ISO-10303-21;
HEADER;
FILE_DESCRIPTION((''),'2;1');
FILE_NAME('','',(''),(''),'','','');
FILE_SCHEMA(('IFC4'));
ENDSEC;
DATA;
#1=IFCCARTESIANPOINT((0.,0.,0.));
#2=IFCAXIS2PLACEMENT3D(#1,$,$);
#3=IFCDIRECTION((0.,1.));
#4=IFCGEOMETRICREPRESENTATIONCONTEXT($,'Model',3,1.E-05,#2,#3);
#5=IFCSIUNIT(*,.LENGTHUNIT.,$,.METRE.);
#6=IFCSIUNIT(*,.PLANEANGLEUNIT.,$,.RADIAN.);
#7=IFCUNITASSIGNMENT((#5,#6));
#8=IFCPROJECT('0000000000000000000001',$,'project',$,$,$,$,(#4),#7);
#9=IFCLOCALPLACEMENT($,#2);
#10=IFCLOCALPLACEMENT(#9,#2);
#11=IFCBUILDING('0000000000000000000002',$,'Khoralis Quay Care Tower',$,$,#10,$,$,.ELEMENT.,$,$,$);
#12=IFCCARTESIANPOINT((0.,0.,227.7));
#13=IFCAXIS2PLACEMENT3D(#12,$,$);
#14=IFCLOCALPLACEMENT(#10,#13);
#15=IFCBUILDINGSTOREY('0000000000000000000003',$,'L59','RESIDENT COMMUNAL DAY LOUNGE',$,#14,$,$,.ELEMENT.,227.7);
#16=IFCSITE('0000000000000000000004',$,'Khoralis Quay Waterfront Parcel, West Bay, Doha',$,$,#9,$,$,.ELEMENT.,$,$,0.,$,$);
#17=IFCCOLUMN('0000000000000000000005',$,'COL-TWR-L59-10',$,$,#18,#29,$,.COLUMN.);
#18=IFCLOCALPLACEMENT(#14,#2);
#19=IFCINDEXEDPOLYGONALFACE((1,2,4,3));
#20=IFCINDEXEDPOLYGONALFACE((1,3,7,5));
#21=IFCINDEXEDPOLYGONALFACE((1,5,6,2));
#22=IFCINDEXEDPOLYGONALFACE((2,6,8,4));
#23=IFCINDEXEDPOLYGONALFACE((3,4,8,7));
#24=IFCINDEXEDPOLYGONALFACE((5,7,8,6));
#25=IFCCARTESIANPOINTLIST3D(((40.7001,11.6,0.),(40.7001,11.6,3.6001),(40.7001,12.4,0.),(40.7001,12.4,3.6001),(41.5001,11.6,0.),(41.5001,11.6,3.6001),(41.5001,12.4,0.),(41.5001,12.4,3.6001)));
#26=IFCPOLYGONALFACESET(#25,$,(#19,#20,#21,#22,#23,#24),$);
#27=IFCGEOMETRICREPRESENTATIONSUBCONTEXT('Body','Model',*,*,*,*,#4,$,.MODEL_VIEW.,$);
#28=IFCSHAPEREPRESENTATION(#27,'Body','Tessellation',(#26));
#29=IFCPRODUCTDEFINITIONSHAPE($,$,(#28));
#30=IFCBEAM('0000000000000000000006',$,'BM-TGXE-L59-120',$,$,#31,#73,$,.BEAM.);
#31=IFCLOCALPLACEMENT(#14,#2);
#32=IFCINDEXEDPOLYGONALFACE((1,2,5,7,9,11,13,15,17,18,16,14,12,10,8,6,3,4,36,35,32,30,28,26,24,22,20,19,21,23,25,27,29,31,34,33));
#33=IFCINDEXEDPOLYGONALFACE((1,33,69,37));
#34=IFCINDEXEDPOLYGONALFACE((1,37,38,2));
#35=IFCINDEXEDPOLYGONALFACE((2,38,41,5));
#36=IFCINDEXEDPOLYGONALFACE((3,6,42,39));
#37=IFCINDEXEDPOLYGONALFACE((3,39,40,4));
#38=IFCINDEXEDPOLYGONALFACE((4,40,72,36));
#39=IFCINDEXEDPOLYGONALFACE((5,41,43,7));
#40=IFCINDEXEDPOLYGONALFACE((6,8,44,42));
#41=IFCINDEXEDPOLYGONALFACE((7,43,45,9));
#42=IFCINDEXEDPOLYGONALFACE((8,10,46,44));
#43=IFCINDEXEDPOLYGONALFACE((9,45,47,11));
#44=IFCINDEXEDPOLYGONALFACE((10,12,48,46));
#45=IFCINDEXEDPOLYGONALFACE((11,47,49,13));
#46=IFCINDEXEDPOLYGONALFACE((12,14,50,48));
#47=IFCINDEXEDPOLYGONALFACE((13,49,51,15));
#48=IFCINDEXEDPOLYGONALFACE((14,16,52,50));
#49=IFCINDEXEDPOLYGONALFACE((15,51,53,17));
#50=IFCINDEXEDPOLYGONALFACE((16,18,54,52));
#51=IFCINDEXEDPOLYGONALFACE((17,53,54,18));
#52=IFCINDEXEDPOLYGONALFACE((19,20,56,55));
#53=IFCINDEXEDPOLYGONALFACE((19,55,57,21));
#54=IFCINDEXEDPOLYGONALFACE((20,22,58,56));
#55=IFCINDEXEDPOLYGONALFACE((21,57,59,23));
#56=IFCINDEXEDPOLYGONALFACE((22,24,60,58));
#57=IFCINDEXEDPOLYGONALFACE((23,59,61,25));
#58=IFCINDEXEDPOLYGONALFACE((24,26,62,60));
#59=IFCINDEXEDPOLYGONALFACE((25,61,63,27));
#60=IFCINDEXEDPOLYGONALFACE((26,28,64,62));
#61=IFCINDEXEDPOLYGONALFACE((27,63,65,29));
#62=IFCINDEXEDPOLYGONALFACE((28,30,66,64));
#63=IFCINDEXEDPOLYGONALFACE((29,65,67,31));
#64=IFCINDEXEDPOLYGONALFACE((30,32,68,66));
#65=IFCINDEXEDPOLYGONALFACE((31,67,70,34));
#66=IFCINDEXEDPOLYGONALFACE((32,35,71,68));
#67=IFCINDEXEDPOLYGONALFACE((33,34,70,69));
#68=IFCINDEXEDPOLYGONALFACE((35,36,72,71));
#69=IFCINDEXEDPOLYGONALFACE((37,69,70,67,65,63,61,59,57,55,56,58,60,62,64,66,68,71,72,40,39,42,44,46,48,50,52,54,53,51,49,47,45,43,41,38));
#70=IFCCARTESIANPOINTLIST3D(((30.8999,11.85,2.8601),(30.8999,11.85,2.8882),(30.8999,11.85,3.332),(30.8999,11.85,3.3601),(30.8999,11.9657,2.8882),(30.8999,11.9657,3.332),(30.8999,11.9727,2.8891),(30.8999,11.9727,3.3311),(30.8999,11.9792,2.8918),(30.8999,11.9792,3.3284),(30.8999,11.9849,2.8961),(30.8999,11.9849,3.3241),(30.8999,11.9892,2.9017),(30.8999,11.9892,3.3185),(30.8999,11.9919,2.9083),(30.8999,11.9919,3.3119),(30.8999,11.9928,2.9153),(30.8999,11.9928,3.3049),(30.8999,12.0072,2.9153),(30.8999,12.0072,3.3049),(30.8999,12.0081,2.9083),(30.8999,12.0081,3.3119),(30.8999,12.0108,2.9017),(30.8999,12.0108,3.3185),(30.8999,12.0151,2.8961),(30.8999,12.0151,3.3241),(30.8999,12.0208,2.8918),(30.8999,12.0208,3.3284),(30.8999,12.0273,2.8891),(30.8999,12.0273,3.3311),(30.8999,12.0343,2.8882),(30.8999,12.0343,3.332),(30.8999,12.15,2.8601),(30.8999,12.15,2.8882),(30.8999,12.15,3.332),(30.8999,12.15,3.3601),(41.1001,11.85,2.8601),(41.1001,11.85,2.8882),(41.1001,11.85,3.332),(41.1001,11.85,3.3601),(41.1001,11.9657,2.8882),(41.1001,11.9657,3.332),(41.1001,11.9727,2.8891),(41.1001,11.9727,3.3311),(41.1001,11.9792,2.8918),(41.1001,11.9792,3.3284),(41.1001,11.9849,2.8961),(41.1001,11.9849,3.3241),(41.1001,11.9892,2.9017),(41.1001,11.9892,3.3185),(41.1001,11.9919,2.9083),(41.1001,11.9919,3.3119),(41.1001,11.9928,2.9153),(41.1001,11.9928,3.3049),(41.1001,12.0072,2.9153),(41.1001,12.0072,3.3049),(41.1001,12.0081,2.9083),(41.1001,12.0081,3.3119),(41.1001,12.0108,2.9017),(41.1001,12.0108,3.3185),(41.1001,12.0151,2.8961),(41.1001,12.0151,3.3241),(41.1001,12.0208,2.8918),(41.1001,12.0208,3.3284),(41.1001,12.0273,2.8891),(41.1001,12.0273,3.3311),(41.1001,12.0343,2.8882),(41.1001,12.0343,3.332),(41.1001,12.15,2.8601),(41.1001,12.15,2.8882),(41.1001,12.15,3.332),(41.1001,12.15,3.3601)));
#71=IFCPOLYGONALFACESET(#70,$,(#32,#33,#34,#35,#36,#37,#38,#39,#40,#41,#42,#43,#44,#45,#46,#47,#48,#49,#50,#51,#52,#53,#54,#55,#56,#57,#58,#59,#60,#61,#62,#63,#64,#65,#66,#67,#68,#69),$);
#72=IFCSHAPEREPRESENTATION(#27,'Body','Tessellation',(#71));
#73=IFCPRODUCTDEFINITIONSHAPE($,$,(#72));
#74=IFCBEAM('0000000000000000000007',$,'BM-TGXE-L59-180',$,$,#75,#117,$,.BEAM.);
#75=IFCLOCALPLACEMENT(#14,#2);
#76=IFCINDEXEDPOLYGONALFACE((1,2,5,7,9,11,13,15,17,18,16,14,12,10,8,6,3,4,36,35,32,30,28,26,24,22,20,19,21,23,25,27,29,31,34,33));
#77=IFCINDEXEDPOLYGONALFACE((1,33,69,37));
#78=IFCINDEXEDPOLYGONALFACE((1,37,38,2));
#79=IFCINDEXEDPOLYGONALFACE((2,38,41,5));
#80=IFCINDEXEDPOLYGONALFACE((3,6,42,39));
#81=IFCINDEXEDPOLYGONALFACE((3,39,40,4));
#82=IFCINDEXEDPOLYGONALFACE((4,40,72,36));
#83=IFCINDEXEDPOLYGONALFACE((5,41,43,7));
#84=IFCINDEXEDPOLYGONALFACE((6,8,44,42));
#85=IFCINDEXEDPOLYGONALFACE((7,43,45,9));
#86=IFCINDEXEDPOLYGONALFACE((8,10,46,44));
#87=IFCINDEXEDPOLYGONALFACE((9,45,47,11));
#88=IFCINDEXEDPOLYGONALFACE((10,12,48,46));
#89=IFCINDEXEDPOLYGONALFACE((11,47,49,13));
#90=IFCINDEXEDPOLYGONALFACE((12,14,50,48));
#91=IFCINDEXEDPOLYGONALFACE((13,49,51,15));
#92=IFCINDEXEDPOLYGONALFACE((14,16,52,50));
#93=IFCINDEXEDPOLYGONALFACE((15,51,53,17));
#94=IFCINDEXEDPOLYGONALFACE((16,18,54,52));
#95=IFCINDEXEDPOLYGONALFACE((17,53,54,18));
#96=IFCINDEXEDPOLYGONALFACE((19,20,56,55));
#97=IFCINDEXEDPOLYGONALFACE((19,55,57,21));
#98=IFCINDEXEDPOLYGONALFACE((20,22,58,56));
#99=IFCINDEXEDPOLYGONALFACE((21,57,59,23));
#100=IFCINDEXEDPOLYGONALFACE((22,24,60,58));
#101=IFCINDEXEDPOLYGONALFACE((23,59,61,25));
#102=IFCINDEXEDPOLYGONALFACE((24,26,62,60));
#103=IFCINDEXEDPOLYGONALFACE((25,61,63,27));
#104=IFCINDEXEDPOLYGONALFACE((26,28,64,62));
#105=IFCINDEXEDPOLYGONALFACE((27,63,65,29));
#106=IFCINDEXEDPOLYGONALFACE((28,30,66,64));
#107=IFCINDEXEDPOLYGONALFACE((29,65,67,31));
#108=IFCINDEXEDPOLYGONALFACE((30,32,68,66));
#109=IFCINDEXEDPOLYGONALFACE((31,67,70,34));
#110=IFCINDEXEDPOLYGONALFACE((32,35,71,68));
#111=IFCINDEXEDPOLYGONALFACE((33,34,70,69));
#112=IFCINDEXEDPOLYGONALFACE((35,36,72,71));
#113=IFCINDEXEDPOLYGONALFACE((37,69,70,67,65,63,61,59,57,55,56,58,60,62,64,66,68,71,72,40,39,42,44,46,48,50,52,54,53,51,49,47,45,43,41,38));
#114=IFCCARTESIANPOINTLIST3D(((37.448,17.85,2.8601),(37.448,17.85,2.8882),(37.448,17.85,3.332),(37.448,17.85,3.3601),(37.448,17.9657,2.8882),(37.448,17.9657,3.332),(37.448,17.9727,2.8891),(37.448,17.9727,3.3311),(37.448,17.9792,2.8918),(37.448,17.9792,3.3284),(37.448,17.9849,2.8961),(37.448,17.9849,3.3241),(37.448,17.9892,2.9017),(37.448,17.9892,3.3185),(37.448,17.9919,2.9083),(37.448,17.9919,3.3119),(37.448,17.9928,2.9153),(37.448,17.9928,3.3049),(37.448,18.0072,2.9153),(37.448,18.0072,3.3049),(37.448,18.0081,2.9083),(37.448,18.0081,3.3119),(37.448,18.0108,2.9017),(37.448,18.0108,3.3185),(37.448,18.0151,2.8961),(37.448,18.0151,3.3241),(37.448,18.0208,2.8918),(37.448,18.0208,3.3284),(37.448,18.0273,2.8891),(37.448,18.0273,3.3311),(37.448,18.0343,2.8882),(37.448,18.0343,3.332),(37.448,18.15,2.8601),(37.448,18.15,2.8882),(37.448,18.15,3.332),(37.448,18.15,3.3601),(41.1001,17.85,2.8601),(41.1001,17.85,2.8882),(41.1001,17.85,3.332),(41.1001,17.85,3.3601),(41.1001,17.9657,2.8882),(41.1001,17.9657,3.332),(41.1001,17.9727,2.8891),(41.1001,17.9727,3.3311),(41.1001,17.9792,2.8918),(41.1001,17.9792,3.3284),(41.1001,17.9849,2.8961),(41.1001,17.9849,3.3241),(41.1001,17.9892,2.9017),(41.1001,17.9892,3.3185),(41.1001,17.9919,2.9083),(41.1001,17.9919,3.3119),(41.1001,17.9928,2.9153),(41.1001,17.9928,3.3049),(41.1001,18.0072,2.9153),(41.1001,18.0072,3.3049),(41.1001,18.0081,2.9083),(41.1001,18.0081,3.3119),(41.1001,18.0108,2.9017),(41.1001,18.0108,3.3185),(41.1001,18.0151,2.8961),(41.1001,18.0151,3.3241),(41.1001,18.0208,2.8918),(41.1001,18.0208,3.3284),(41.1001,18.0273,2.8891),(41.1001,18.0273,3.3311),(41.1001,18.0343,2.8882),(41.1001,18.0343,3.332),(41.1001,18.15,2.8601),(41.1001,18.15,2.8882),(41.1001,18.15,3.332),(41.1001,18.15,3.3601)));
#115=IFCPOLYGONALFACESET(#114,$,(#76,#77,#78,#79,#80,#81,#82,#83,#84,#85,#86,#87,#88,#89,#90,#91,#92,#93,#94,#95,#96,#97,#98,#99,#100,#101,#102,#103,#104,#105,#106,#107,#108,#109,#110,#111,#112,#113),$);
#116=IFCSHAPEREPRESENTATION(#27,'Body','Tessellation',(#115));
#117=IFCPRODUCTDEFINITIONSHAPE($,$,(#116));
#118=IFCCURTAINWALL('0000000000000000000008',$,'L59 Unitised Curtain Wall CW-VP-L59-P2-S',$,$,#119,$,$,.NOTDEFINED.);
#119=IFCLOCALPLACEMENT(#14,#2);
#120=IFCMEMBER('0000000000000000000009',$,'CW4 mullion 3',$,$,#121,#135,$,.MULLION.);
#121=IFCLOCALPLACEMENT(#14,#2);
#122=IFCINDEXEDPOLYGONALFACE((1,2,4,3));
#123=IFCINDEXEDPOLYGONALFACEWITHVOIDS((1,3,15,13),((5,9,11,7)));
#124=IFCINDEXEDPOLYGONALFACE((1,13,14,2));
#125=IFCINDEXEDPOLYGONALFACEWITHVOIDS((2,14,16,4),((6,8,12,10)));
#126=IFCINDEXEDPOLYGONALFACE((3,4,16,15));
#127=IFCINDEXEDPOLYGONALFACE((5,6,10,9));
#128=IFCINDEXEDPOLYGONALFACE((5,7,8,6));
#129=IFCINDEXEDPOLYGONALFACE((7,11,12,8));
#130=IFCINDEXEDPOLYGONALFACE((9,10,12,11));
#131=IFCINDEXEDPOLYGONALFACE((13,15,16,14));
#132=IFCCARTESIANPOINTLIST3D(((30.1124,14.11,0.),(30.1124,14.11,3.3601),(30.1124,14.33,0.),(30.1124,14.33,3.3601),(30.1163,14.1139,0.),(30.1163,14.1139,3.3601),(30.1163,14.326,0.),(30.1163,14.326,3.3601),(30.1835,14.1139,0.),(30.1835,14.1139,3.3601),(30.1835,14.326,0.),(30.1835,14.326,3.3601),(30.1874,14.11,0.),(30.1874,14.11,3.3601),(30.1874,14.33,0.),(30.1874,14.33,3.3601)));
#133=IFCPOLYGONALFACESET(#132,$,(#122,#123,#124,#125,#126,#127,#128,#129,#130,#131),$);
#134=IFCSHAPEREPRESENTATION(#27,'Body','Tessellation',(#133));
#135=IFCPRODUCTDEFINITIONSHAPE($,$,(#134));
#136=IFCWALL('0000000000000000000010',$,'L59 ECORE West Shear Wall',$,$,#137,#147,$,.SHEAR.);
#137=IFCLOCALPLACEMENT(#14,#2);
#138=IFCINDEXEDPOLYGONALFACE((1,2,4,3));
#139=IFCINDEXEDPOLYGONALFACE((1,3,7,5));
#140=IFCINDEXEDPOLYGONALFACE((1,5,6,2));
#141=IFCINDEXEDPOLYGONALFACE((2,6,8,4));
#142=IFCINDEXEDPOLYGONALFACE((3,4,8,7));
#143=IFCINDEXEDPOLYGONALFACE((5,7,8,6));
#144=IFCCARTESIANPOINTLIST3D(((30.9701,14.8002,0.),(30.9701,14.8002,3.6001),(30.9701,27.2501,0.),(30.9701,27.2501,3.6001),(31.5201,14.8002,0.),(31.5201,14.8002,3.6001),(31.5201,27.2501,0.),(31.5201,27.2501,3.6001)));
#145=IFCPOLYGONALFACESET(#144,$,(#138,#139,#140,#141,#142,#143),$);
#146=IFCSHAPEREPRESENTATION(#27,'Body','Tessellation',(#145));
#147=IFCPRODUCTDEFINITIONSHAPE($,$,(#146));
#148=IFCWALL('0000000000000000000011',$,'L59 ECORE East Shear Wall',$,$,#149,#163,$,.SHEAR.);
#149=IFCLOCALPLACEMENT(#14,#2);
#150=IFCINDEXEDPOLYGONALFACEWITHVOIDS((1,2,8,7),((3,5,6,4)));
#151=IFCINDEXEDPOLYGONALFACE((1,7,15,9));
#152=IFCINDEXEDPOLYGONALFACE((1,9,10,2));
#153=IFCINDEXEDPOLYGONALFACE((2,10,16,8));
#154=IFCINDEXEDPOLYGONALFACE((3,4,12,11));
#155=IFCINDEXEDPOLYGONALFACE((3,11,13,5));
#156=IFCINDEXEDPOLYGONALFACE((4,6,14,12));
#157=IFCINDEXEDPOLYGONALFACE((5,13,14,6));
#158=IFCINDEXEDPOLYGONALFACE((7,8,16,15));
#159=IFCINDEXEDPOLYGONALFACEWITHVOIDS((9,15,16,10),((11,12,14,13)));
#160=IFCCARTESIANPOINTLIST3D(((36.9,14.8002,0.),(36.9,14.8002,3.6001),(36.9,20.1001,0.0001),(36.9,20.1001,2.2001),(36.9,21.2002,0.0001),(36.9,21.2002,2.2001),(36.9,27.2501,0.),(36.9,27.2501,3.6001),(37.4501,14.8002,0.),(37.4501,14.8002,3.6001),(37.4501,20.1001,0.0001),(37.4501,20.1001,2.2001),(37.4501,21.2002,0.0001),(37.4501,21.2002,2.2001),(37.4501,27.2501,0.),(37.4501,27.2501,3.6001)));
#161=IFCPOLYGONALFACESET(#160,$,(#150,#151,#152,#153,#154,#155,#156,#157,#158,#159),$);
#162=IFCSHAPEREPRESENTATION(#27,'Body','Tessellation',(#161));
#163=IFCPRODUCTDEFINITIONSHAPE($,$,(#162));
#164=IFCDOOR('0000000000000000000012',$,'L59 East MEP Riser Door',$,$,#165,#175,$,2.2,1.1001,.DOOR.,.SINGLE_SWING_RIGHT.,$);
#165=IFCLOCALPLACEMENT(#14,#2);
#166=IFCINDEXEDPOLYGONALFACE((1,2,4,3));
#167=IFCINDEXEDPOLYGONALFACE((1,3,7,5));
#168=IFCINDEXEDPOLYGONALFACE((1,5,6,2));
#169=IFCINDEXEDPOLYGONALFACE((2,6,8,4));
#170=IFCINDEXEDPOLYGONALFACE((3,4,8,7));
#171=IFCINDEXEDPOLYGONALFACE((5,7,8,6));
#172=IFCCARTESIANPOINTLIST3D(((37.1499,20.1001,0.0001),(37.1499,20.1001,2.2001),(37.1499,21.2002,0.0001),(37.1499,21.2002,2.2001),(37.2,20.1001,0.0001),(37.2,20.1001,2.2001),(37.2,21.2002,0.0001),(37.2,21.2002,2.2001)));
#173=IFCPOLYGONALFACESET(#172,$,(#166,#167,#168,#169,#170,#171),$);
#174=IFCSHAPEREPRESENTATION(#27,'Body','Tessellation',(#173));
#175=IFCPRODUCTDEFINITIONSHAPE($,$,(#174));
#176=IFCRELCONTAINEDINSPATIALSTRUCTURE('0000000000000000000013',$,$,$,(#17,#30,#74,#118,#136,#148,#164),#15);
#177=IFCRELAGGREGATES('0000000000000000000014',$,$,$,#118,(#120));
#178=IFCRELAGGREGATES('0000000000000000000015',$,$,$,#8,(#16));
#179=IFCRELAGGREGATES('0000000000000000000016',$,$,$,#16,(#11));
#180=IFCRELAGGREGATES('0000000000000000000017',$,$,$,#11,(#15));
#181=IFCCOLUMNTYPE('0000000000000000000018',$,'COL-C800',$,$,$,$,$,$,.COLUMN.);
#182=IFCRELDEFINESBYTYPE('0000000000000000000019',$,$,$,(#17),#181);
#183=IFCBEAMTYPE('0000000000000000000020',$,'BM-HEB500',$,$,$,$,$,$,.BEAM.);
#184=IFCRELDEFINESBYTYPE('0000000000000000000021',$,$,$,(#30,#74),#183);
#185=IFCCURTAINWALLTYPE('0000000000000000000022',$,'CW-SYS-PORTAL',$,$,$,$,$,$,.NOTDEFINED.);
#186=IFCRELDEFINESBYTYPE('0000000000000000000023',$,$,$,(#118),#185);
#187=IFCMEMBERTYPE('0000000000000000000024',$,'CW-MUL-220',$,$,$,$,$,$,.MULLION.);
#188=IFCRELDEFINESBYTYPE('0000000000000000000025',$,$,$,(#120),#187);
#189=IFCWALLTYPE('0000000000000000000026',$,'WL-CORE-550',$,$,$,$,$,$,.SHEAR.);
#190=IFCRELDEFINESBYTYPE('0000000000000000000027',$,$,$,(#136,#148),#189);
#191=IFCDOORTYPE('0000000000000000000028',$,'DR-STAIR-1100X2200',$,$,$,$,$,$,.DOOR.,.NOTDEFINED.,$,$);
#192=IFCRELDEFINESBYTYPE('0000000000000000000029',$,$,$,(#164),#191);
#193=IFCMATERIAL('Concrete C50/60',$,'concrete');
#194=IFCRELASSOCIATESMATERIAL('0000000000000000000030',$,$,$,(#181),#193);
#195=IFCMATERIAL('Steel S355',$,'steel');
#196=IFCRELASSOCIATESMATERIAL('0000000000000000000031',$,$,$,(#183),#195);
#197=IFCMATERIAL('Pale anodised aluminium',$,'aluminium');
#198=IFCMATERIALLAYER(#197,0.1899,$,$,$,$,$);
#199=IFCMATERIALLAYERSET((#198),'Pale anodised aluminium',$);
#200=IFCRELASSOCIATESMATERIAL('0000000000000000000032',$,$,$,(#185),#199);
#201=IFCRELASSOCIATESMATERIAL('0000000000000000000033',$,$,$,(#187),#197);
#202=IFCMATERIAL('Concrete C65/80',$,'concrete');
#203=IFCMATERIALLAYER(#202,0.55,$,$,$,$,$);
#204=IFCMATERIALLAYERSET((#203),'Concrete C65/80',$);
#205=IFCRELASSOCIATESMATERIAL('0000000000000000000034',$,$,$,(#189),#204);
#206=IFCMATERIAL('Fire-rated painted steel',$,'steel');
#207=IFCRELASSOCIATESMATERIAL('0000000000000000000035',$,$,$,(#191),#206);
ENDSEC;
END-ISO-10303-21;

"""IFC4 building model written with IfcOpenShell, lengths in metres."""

from ifc_helpers import new_model, si_unit, direction, frame, frame_2d, origin, origin_2d, place, context, subcontext, project, spatial, rectangle, hollow_rectangle, i_section, extrude, source, transform, mapped, material, layer, layer_set, material_profile, profile_set, type_object, element, fill, aggregate, save


model = new_model("IFC4")

# Units and contexts
model_context = context("Model", 3, precision=1e-05, world=origin(), true_north=direction((0.0, 1.0)))
body_context = subcontext(model_context, "Body", "Model", "MODEL_VIEW")
ifc_project = project(units=[si_unit("LENGTHUNIT", "METRE"), si_unit("PLANEANGLEUNIT", "RADIAN")], contexts=[model_context])

# Site, building, storey
site_placement = place(None, origin())
site = spatial("IfcSite", under=ifc_project, at=site_placement, Name="Khoralis Quay Waterfront Parcel, West Bay, Doha", CompositionType="ELEMENT", RefElevation=0.0)
building_placement = place(site_placement, origin())
building = spatial("IfcBuilding", under=site, at=building_placement, Name="Khoralis Quay Care Tower", CompositionType="ELEMENT")
storey_placement = place(building_placement, frame((0.0, 0.0, 227.7)))
storey = spatial("IfcBuildingStorey", under=building, at=storey_placement, Name="L59", Description="RESIDENT COMMUNAL DAY LOUNGE", CompositionType="ELEMENT", Elevation=227.7)

# Column
ifc_material_1 = material(Name="Concrete C50/60", Category="concrete")
ifc_material_profile_1 = material_profile(ifc_material_1, rectangle(XDim=0.8, YDim=0.8, at=origin_2d()), Name="Concrete C50/60")
ifc_profile_set_1 = profile_set([ifc_material_profile_1], Name="Concrete C50/60")
column_type = type_object("IfcColumnType", Name="COL-C800", PredefinedType="COLUMN", material=ifc_profile_set_1)
shared_shape_1 = source(origin(), body_context, "Body", "SweptSolid", [
    extrude(rectangle(XDim=0.8, YDim=0.8, at=origin_2d()), origin(), (0.0, 0.0, 1.0), 3.6001),
])
column_placement = place(storey_placement, frame((41.1001, 12.0, 0.0), z_axis=(0.0, 0.0, 1.0), x_axis=(1.0, 0.0, 0.0)))
element("IfcColumn", 1, at=column_placement, inside=storey, type_object=column_type, Name="COL-TWR-L59-10", PredefinedType="COLUMN", context=body_context, shape_type="MappedRepresentation", body=[
    mapped(shared_shape_1, transform((0.0, 0.0, 0.0), scale=1.0)),
])

# Beams
ifc_material_2 = material(Name="Steel S355", Category="steel")
ifc_material_profile_2 = material_profile(ifc_material_2, i_section(OverallWidth=0.3, OverallDepth=0.5, WebThickness=0.0144, FlangeThickness=0.0281, FilletRadius=0.0271, at=origin_2d()), Name="Steel S355")
ifc_profile_set_2 = profile_set([ifc_material_profile_2], Name="Steel S355")
beam_type = type_object("IfcBeamType", Name="BM-HEB500", PredefinedType="BEAM", material=ifc_profile_set_2)
shared_shape_2 = source(origin(), body_context, "Body", "SweptSolid", [
    extrude(i_section(OverallWidth=0.3, OverallDepth=0.5, WebThickness=0.0144, FlangeThickness=0.0281, FilletRadius=0.0271, at=origin_2d()), origin(), (0.0, 0.0, 1.0), 10.2002),
])
beam_1_placement = place(storey_placement, frame((30.8999, 12.0, 3.1101), z_axis=(1.0, 0.0, 0.0), x_axis=(0.0, 1.0, 0.0)))
element("IfcBeam", 2, at=beam_1_placement, inside=storey, type_object=beam_type, Name="BM-TGXE-L59-120", PredefinedType="BEAM", context=body_context, shape_type="MappedRepresentation", body=[
    mapped(shared_shape_2, transform((0.0, 0.0, 0.0), scale=1.0)),
])
shared_shape_3 = source(origin(), body_context, "Body", "SweptSolid", [
    extrude(i_section(OverallWidth=0.3, OverallDepth=0.5, WebThickness=0.0144, FlangeThickness=0.0281, FilletRadius=0.0271, at=origin_2d()), origin(), (0.0, 0.0, 1.0), 3.6521),
])
beam_2_placement = place(storey_placement, frame((37.448, 18.0, 3.1101), z_axis=(1.0, 0.0, 0.0), x_axis=(0.0, 1.0, 0.0)))
element("IfcBeam", 3, at=beam_2_placement, inside=storey, type_object=beam_type, Name="BM-TGXE-L59-180", PredefinedType="BEAM", context=body_context, shape_type="MappedRepresentation", body=[
    mapped(shared_shape_3, transform((0.0, 0.0, 0.0), scale=1.0)),
])

# Curtain wall, member
ifc_material_3 = material(Name="Pale anodised aluminium", Category="aluminium")
ifc_layer_1 = layer(ifc_material_3, 0.1899)
ifc_layer_set_1 = layer_set([ifc_layer_1], Name="Pale anodised aluminium")
curtain_wall_type = type_object("IfcCurtainWallType", Name="CW-SYS-PORTAL", PredefinedType="NOTDEFINED", material=ifc_layer_set_1)
curtain_wall_placement = place(storey_placement, origin())
curtain_wall = element("IfcCurtainWall", 4, at=curtain_wall_placement, inside=storey, type_object=curtain_wall_type, Name="L59 Unitised Curtain Wall CW-VP-L59-P2-S", PredefinedType="NOTDEFINED")
ifc_material_profile_3 = material_profile(ifc_material_3, hollow_rectangle(XDim=0.075, YDim=0.22, WallThickness=0.0039, at=origin_2d()), Name="Pale anodised aluminium")
ifc_profile_set_3 = profile_set([ifc_material_profile_3], Name="Pale anodised aluminium")
member_type = type_object("IfcMemberType", Name="CW-MUL-220", PredefinedType="MULLION", material=ifc_profile_set_3)
shared_shape_4 = source(origin(), body_context, "Body", "SweptSolid", [
    extrude(hollow_rectangle(XDim=0.075, YDim=0.22, WallThickness=0.0039, at=origin_2d()), origin(), (0.0, 0.0, 1.0), 3.3601),
])
member_placement = place(storey_placement, frame((30.1499, 14.22, 0.0), z_axis=(0.0, 0.0, 1.0), x_axis=(-1.0, 0.0, 0.0)))
member = element("IfcMember", 5, at=member_placement, type_object=member_type, Name="CW4 mullion 3", PredefinedType="MULLION", context=body_context, shape_type="MappedRepresentation", body=[
    mapped(shared_shape_4, transform((0.0, 0.0, 0.0), scale=1.0)),
])
aggregate(curtain_wall, [member])

# Wall
ifc_material_4 = material(Name="Concrete C65/80", Category="concrete")
ifc_layer_2 = layer(ifc_material_4, 0.55)
ifc_layer_set_2 = layer_set([ifc_layer_2], Name="Concrete C65/80")
wall_type_1 = type_object("IfcWallType", Name="WL-CORE-550", PredefinedType="SHEAR", material=ifc_layer_set_2)
wall_1_placement = place(storey_placement, frame((31.2451, 14.8, 0.0), z_axis=(0.0, 0.0, 1.0), x_axis=(0.0, 1.0, 0.0)))
element("IfcWall", 6, at=wall_1_placement, inside=storey, type_object=wall_type_1, Name="L59 ECORE West Shear Wall", PredefinedType="SHEAR", context=body_context, shape_type="SweptSolid", body=[
    extrude(rectangle(XDim=12.45, YDim=0.55, at=frame_2d((6.2251, 0.0))), origin(), (0.0, 0.0, 1.0), 3.6001),
])

# Wall, opening, door
wall_2_placement = place(storey_placement, frame((37.175, 14.8, 0.0), z_axis=(0.0, 0.0, 1.0), x_axis=(0.0, 1.0, 0.0)))
wall_2 = element("IfcWall", 7, at=wall_2_placement, inside=storey, type_object=wall_type_1, Name="L59 ECORE East Shear Wall", PredefinedType="SHEAR", context=body_context, shape_type="SweptSolid", body=[
    extrude(rectangle(XDim=12.45, YDim=0.55, at=frame_2d((6.2251, 0.0))), origin(), (0.0, 0.0, 1.0), 3.6001),
])
opening_1_placement = place(wall_2_placement, frame((5.3, 0.0, 0.0)))
opening_1 = element("IfcOpeningElement", 8, at=opening_1_placement, cuts=wall_2, PredefinedType="OPENING", context=body_context, shape_type="SweptSolid", body=[
    extrude(rectangle(XDim=1.1001, YDim=2.2, at=frame_2d((0.55, 1.1001))), frame((0.0, 0.2852, 0.0), z_axis=(0.0, -1.0, 0.0), x_axis=(1.0, 0.0, 0.0)), (0.0, 0.0, 1.0), 0.5701),
])
ifc_material_5 = material(Name="Fire-rated painted steel", Category="steel")
door_type_1 = type_object("IfcDoorType", Name="DR-STAIR-1100X2200", OperationType="NOTDEFINED", PredefinedType="DOOR", material=ifc_material_5)
shared_shape_5 = source(origin(), body_context, "Body", "SweptSolid", [
    extrude(rectangle(XDim=1.1001, YDim=2.2, at=frame_2d((0.55, 1.1001))), frame((0.0, 0.0249, 0.0), z_axis=(0.0, -1.0, 0.0), x_axis=(1.0, 0.0, 0.0)), (0.0, 0.0, 1.0), 0.05),
])
door_1_placement = place(opening_1_placement, frame((1.1001, 0.0, 0.0), z_axis=(0.0, 0.0, 1.0), x_axis=(-1.0, 0.0, 0.0)))
door_1 = element("IfcDoor", 9, at=door_1_placement, inside=storey, type_object=door_type_1, Name="L59 East MEP Riser Door", OperationType="SINGLE_SWING_RIGHT", OverallHeight=2.2, OverallWidth=1.1001, PredefinedType="DOOR", context=body_context, shape_type="MappedRepresentation", body=[
    mapped(shared_shape_5, transform((0.0, 0.0, 0.0), scale=1.0)),
])
fill(opening_1, door_1)

save(model, "model.ifc")
